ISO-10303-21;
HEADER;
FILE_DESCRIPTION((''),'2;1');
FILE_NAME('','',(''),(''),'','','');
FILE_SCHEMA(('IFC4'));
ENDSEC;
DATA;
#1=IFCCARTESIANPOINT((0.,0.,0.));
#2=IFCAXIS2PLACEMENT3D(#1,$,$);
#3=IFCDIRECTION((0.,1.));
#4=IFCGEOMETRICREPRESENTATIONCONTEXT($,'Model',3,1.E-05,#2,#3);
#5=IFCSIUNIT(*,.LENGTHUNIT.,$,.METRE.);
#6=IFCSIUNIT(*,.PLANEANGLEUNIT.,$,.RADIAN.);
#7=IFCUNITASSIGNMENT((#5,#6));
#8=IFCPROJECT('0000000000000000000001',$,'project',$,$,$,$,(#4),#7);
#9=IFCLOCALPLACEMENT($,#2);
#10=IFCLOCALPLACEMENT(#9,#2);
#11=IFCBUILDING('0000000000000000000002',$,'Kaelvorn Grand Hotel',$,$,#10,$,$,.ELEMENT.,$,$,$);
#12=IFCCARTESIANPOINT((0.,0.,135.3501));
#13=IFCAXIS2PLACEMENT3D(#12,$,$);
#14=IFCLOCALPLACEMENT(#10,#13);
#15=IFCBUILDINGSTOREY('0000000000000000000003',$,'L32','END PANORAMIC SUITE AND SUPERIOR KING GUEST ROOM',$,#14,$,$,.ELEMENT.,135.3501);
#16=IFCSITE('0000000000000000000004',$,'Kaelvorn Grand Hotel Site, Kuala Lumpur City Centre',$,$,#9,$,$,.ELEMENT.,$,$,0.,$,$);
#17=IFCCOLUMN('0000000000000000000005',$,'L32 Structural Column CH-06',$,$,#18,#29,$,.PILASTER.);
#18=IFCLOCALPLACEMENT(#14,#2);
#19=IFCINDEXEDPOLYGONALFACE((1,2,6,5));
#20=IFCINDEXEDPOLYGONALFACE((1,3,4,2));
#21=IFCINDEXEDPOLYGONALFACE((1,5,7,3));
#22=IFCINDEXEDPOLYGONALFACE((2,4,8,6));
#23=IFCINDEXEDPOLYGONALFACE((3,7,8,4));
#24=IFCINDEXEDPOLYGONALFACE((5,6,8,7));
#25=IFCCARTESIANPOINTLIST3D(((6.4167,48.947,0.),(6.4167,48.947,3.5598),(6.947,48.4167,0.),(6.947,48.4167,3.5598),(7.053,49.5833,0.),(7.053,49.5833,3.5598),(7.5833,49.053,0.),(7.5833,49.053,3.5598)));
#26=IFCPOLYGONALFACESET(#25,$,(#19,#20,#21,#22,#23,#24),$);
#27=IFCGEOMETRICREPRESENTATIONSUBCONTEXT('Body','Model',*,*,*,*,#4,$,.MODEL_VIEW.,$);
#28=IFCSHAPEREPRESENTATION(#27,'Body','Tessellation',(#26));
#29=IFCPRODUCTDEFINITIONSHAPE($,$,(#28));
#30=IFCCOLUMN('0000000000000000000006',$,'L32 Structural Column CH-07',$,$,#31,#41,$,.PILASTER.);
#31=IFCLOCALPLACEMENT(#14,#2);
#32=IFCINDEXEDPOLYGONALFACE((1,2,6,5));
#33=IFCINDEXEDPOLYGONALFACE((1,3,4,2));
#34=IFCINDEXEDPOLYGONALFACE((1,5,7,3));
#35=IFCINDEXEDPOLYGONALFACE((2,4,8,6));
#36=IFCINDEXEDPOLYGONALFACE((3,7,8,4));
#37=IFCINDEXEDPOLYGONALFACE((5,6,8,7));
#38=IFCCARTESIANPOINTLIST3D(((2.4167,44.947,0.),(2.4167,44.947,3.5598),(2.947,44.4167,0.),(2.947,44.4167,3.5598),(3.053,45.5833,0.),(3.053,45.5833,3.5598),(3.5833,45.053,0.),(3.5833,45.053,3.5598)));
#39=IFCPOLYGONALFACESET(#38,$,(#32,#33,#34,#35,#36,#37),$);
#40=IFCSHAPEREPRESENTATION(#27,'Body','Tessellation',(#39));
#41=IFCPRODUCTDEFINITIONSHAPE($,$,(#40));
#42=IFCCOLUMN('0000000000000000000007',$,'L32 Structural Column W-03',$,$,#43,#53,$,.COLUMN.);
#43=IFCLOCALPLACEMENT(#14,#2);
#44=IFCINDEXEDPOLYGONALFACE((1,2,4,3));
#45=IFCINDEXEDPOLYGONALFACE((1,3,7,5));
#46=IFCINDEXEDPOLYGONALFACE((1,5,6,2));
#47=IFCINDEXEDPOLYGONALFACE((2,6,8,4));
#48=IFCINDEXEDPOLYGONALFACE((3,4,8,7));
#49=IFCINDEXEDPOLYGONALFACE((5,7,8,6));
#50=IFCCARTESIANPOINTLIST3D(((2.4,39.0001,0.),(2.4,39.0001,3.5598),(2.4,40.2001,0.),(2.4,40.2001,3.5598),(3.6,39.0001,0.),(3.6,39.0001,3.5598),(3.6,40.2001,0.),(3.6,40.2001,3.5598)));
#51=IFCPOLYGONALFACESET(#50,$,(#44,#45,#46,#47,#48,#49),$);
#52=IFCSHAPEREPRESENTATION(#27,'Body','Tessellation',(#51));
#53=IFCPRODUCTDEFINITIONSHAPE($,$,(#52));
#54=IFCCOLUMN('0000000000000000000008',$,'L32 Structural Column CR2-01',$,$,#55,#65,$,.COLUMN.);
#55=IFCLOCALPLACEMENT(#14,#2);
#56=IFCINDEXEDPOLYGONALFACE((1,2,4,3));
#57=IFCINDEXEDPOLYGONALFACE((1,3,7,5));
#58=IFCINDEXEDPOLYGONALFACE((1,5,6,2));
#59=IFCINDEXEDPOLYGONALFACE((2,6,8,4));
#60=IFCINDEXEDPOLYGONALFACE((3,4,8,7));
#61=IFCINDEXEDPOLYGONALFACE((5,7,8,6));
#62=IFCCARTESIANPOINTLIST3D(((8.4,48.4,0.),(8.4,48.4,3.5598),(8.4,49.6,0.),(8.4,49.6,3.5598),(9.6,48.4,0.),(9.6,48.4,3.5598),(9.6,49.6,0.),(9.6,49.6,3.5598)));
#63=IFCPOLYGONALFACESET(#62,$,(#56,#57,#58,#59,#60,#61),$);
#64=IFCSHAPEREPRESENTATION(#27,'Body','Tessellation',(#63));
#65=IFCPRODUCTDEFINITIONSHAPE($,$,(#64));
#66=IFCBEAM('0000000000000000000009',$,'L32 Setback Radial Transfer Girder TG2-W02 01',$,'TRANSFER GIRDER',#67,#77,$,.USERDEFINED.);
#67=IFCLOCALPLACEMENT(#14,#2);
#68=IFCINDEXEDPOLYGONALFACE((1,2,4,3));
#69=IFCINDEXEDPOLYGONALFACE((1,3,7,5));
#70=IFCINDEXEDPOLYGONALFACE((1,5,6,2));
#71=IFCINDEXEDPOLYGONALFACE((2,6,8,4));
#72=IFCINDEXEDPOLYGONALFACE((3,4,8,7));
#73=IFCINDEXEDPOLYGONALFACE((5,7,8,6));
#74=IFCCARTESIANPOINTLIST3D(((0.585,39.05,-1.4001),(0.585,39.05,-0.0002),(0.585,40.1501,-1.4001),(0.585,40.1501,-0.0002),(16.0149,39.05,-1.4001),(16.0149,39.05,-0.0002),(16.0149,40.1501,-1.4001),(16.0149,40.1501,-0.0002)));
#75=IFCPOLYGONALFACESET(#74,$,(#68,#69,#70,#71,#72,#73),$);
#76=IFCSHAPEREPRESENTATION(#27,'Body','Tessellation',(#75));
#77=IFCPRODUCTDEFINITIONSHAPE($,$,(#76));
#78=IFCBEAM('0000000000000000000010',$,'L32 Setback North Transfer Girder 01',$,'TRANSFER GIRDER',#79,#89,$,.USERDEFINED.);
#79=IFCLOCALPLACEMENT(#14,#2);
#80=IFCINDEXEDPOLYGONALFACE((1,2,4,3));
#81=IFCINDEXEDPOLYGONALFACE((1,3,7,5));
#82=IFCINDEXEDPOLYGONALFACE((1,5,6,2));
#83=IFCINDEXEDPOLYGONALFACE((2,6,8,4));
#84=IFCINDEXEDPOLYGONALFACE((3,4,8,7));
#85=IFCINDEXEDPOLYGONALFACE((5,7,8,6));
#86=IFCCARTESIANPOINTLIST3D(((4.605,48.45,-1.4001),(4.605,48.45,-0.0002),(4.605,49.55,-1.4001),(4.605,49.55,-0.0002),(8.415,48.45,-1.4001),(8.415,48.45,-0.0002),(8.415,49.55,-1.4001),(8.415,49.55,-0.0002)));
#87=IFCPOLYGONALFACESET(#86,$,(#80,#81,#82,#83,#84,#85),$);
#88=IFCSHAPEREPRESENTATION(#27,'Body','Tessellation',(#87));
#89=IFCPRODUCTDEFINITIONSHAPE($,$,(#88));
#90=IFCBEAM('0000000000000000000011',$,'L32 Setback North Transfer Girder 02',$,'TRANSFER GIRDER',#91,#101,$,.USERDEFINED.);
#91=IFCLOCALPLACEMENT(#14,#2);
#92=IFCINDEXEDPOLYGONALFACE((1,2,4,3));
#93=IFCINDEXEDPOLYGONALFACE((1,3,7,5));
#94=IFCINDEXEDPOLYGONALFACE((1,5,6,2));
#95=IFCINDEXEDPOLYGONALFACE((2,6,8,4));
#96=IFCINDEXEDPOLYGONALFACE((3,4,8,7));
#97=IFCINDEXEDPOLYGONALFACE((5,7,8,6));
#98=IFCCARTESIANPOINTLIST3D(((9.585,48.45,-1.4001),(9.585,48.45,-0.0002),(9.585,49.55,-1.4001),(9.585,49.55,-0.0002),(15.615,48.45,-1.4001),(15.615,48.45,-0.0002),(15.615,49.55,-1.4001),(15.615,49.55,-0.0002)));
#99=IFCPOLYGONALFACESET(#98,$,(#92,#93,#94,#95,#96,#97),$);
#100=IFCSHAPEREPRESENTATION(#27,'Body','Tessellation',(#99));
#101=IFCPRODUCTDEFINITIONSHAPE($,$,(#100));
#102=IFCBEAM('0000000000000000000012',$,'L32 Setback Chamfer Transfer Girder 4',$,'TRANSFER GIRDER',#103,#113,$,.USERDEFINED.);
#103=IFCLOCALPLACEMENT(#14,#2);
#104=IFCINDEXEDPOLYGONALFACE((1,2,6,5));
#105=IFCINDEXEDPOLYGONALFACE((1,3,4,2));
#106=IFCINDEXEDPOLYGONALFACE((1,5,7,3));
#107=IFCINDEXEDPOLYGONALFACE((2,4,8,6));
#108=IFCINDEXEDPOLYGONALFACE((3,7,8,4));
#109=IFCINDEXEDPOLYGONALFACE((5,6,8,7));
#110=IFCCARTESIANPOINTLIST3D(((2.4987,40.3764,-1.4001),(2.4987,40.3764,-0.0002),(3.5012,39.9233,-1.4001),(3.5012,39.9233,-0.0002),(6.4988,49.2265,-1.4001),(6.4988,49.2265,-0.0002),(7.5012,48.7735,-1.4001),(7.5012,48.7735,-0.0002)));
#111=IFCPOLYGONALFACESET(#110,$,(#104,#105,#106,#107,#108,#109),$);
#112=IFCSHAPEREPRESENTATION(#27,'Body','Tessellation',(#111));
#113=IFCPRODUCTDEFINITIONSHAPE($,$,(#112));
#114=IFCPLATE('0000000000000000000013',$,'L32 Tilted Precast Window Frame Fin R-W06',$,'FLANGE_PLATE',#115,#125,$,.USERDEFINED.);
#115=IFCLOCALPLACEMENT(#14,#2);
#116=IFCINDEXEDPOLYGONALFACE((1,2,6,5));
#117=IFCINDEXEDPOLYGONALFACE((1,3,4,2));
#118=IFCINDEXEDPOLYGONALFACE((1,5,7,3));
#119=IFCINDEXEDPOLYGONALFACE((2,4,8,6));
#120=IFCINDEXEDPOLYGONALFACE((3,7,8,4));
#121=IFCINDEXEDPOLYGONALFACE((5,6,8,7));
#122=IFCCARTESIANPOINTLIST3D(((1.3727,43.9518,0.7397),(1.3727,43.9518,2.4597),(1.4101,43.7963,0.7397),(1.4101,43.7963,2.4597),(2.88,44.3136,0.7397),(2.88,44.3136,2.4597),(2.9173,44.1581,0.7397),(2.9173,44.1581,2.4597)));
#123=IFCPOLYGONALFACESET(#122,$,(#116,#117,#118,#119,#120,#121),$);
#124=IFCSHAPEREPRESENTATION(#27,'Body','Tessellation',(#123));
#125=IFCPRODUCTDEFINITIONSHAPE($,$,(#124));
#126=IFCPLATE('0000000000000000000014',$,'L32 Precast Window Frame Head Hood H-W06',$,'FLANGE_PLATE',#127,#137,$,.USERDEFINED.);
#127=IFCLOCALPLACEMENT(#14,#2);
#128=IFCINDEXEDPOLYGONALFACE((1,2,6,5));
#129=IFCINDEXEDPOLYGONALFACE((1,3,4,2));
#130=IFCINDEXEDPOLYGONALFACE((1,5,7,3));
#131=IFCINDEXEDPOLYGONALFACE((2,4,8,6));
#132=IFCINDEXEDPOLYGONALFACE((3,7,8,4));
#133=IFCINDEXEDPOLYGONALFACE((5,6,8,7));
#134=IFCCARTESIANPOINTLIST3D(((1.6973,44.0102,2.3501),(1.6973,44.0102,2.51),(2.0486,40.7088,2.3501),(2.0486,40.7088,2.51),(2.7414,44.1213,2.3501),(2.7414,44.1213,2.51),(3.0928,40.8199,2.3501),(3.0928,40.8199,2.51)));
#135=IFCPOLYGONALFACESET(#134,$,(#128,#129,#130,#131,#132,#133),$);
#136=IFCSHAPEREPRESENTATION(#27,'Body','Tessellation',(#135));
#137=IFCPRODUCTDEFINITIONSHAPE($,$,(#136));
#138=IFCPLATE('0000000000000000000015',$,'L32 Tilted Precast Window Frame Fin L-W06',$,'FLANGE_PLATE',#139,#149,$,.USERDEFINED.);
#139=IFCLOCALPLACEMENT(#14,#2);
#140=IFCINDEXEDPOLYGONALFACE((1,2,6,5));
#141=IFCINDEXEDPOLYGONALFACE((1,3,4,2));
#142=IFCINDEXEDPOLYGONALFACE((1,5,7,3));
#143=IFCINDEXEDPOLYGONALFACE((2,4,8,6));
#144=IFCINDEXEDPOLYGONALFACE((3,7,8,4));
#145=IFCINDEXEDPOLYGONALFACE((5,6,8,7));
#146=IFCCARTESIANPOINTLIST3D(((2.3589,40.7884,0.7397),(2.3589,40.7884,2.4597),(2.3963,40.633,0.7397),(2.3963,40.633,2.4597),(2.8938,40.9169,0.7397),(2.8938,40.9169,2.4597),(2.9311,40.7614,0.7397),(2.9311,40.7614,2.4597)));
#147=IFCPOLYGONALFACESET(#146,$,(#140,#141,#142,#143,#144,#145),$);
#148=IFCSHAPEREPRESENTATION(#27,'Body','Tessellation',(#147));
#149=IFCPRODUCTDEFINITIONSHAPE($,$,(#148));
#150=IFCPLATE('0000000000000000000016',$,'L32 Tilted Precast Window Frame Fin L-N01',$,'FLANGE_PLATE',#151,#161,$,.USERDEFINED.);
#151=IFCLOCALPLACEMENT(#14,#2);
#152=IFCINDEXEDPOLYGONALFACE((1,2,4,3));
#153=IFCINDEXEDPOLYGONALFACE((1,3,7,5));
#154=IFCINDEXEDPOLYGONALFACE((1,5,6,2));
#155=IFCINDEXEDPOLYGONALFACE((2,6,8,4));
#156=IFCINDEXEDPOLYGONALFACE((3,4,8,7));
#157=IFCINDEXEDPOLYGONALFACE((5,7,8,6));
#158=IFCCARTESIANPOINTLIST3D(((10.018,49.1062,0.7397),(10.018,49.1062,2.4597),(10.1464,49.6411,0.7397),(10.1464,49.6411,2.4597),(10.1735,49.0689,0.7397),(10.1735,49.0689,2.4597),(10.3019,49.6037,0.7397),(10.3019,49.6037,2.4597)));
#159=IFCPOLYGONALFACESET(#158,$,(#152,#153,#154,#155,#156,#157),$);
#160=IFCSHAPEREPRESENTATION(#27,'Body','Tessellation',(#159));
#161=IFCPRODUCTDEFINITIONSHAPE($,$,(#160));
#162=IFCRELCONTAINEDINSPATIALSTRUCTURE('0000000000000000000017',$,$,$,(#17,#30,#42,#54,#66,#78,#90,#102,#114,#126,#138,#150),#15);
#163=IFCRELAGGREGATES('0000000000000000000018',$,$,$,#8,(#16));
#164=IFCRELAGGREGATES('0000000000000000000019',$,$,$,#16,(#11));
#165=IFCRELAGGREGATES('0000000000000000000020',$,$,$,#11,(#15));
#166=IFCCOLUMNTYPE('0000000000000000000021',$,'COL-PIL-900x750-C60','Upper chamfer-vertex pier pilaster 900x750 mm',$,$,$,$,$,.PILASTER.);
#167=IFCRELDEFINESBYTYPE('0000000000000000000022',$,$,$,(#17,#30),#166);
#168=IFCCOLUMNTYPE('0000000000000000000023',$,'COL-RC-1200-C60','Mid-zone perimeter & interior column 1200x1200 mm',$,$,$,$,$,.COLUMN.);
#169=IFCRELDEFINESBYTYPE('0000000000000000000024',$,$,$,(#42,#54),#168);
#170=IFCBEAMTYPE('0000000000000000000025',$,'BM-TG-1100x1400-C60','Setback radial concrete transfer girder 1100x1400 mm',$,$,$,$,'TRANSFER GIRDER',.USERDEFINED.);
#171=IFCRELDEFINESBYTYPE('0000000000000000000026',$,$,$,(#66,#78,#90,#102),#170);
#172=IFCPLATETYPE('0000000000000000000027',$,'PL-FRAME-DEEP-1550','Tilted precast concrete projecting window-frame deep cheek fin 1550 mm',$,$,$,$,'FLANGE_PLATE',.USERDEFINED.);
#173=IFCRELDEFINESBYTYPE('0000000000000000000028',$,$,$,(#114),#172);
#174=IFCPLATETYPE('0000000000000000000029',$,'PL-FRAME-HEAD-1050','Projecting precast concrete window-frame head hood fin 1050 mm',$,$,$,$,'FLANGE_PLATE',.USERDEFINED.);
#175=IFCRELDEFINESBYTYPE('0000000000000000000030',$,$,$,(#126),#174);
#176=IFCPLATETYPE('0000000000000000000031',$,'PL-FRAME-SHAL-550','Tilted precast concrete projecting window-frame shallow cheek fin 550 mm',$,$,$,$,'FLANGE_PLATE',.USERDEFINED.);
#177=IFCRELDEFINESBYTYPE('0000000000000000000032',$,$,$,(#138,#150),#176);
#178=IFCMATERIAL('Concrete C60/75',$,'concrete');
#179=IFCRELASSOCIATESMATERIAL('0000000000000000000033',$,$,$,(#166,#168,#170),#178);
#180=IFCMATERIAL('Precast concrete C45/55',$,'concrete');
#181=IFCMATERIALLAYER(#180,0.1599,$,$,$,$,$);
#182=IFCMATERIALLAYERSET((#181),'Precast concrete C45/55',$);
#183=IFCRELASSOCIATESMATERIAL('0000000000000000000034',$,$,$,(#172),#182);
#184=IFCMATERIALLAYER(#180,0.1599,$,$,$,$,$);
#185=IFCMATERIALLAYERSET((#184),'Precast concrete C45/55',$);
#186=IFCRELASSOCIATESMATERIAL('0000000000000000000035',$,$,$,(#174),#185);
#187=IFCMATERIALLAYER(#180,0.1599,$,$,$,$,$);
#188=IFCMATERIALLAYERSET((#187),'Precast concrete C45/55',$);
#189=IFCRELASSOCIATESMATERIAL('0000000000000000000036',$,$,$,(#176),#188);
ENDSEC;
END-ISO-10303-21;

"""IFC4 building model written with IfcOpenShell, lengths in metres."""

from ifc_helpers import new_model, si_unit, direction, frame, origin, origin_2d, place, context, subcontext, project, spatial, rectangle, extrude, material, layer, layer_set, material_profile, profile_set, type_object, element, save


model = new_model("IFC4")

# Units and contexts
model_context = context("Model", 3, precision=1e-05, world=origin(), true_north=direction((0.0, 1.0)))
body_context = subcontext(model_context, "Body", "Model", "MODEL_VIEW")
ifc_project = project(units=[si_unit("LENGTHUNIT", "METRE"), si_unit("PLANEANGLEUNIT", "RADIAN")], contexts=[model_context])

# Site, building, storey
site_placement = place(None, origin())
site = spatial("IfcSite", under=ifc_project, at=site_placement, Name="Kaelvorn Grand Hotel Site, Kuala Lumpur City Centre", CompositionType="ELEMENT", RefElevation=0.0)
building_placement = place(site_placement, origin())
building = spatial("IfcBuilding", under=site, at=building_placement, Name="Kaelvorn Grand Hotel", CompositionType="ELEMENT")
storey_placement = place(building_placement, frame((0.0, 0.0, 135.3501)))
storey = spatial("IfcBuildingStorey", under=building, at=storey_placement, Name="L32", Description="END PANORAMIC SUITE AND SUPERIOR KING GUEST ROOM", CompositionType="ELEMENT", Elevation=135.3501)

# Columns
ifc_material_1 = material(Name="Concrete C60/75", Category="concrete")
ifc_material_profile_1 = material_profile(ifc_material_1, rectangle(XDim=0.8999, YDim=0.75, at=origin_2d()), Name="RC PILASTER 900x750")
ifc_profile_set_1 = profile_set([ifc_material_profile_1], Name="Concrete C60/75")
column_type_1 = type_object("IfcColumnType", Name="COL-PIL-900x750-C60", Description="Upper chamfer-vertex pier pilaster 900x750 mm", PredefinedType="PILASTER", material=ifc_profile_set_1)
for number, where, z_axis, x_axis, name in (
    (1, (7.0, 49.0, 0.0), (0.0, 0.0, 1.0), (0.707107, 0.707107, 0.0), "L32 Structural Column CH-06"),
    (2, (3.0, 45.0, 0.0), (0.0, 0.0, 1.0), (0.707107, 0.707107, 0.0), "L32 Structural Column CH-07"),
):
    element("IfcColumn", number, at=place(storey_placement, frame(where, z_axis=z_axis, x_axis=x_axis)), inside=storey, type_object=column_type_1, Name=name, PredefinedType="PILASTER", context=body_context, shape_type="SweptSolid", body=[
        extrude(rectangle(XDim=0.8999, YDim=0.75, at=origin_2d()), origin(), (0.0, 0.0, 1.0), 3.5598),
    ])
ifc_material_profile_2 = material_profile(ifc_material_1, rectangle(XDim=1.2, YDim=1.2, at=origin_2d()), Name="RC COL 1200x1200")
ifc_profile_set_2 = profile_set([ifc_material_profile_2], Name="Concrete C60/75")
column_type_2 = type_object("IfcColumnType", Name="COL-RC-1200-C60", Description="Mid-zone perimeter & interior column 1200x1200 mm", PredefinedType="COLUMN", material=ifc_profile_set_2)
for number, where, z_axis, x_axis, name in (
    (3, (3.0, 39.6001, 0.0), (0.0, 0.0, 1.0), (1.0, 0.0, 0.0), "L32 Structural Column W-03"),
    (4, (9.0, 49.0, 0.0), (0.0, 0.0, 1.0), (1.0, 0.0, 0.0), "L32 Structural Column CR2-01"),
):
    element("IfcColumn", number, at=place(storey_placement, frame(where, z_axis=z_axis, x_axis=x_axis)), inside=storey, type_object=column_type_2, Name=name, PredefinedType="COLUMN", context=body_context, shape_type="SweptSolid", body=[
        extrude(rectangle(XDim=1.2, YDim=1.2, at=origin_2d()), origin(), (0.0, 0.0, 1.0), 3.5598),
    ])

# Beams
ifc_material_profile_3 = material_profile(ifc_material_1, rectangle(XDim=1.1001, YDim=1.3999, at=origin_2d()), Name="RC TG 1100x1400")
ifc_profile_set_3 = profile_set([ifc_material_profile_3], Name="Concrete C60/75")
beam_type = type_object("IfcBeamType", Name="BM-TG-1100x1400-C60", Description="Setback radial concrete transfer girder 1100x1400 mm", ElementType="TRANSFER GIRDER", PredefinedType="USERDEFINED", material=ifc_profile_set_3)
beam_1_placement = place(storey_placement, frame((0.585, 39.6001, -0.7002), z_axis=(1.0, 0.0, 0.0), x_axis=(0.0, 1.0, 0.0)))
element("IfcBeam", 5, at=beam_1_placement, inside=storey, type_object=beam_type, Name="L32 Setback Radial Transfer Girder TG2-W02 01", ObjectType="TRANSFER GIRDER", PredefinedType="USERDEFINED", context=body_context, shape_type="SweptSolid", body=[
    extrude(rectangle(XDim=1.1001, YDim=1.3999, at=origin_2d()), origin(), (0.0, 0.0, 1.0), 15.4299),
])
beam_2_placement = place(storey_placement, frame((4.605, 49.0, -0.7002), z_axis=(1.0, 0.0, 0.0), x_axis=(0.0, 1.0, 0.0)))
element("IfcBeam", 6, at=beam_2_placement, inside=storey, type_object=beam_type, Name="L32 Setback North Transfer Girder 01", ObjectType="TRANSFER GIRDER", PredefinedType="USERDEFINED", context=body_context, shape_type="SweptSolid", body=[
    extrude(rectangle(XDim=1.1001, YDim=1.3999, at=origin_2d()), origin(), (0.0, 0.0, 1.0), 3.8101),
])
beam_3_placement = place(storey_placement, frame((9.585, 49.0, -0.7002), z_axis=(1.0, 0.0, 0.0), x_axis=(0.0, 1.0, 0.0)))
element("IfcBeam", 7, at=beam_3_placement, inside=storey, type_object=beam_type, Name="L32 Setback North Transfer Girder 02", ObjectType="TRANSFER GIRDER", PredefinedType="USERDEFINED", context=body_context, shape_type="SweptSolid", body=[
    extrude(rectangle(XDim=1.1001, YDim=1.3999, at=origin_2d()), origin(), (0.0, 0.0, 1.0), 6.03),
])
beam_4_placement = place(storey_placement, frame((7.0, 49.0, -0.7002), z_axis=(-0.411859, -0.911248, 0.0), x_axis=(0.911248, -0.411859, 0.0)))
element("IfcBeam", 8, at=beam_4_placement, inside=storey, type_object=beam_type, Name="L32 Setback Chamfer Transfer Girder 4", ObjectType="TRANSFER GIRDER", PredefinedType="USERDEFINED", context=body_context, shape_type="SweptSolid", body=[
    extrude(rectangle(XDim=1.1001, YDim=1.3999, at=origin_2d()), origin(), (0.0, 0.0, 1.0), 9.7122),
])

# Plates
ifc_material_2 = material(Name="Precast concrete C45/55", Category="concrete")
ifc_layer_1 = layer(ifc_material_2, 0.1599)
ifc_layer_set_1 = layer_set([ifc_layer_1], Name="Precast concrete C45/55")
plate_type_1 = type_object("IfcPlateType", Name="PL-FRAME-DEEP-1550", Description="Tilted precast concrete projecting window-frame deep cheek fin 1550 mm", ElementType="FLANGE_PLATE", PredefinedType="USERDEFINED", material=ifc_layer_set_1)
plate_1_placement = place(storey_placement, frame((2.145, 44.0549, 0.7397), z_axis=(0.0, 0.0, 1.0), x_axis=(-0.233445, 0.97237, 0.0)))
element("IfcPlate", 9, at=plate_1_placement, inside=storey, type_object=plate_type_1, Name="L32 Tilted Precast Window Frame Fin R-W06", ObjectType="FLANGE_PLATE", PredefinedType="USERDEFINED", context=body_context, shape_type="SweptSolid", body=[
    extrude(rectangle(XDim=0.1599, YDim=1.55, at=origin_2d()), origin(), (0.0, 0.0, 1.0), 1.72),
])
ifc_layer_2 = layer(ifc_material_2, 0.1599)
ifc_layer_set_2 = layer_set([ifc_layer_2], Name="Precast concrete C45/55")
plate_type_2 = type_object("IfcPlateType", Name="PL-FRAME-HEAD-1050", Description="Projecting precast concrete window-frame head hood fin 1050 mm", ElementType="FLANGE_PLATE", PredefinedType="USERDEFINED", material=ifc_layer_set_2)
plate_2_placement = place(storey_placement, frame((2.395, 42.415, 2.3501), z_axis=(0.0, 0.0, 1.0), x_axis=(-0.10583, 0.994384, 0.0)))
element("IfcPlate", 10, at=plate_2_placement, inside=storey, type_object=plate_type_2, Name="L32 Precast Window Frame Head Hood H-W06", ObjectType="FLANGE_PLATE", PredefinedType="USERDEFINED", context=body_context, shape_type="SweptSolid", body=[
    extrude(rectangle(XDim=3.3201, YDim=1.05, at=origin_2d()), origin(), (0.0, 0.0, 1.0), 0.1599),
])
ifc_layer_3 = layer(ifc_material_2, 0.1599)
ifc_layer_set_3 = layer_set([ifc_layer_3], Name="Precast concrete C45/55")
plate_type_3 = type_object("IfcPlateType", Name="PL-FRAME-SHAL-550", Description="Tilted precast concrete projecting window-frame shallow cheek fin 550 mm", ElementType="FLANGE_PLATE", PredefinedType="USERDEFINED", material=ifc_layer_set_3)
for number, where, z_axis, x_axis, name in (
    (11, (2.645, 40.7749, 0.7397), (0.0, 0.0, 1.0), (-0.233445, 0.97237, 0.0), "L32 Tilted Precast Window Frame Fin L-W06"),
    (12, (10.1599, 49.355, 0.7397), (0.0, 0.0, 1.0), (0.97237, -0.233445, 0.0), "L32 Tilted Precast Window Frame Fin L-N01"),
):
    element("IfcPlate", number, at=place(storey_placement, frame(where, z_axis=z_axis, x_axis=x_axis)), inside=storey, type_object=plate_type_3, Name=name, ObjectType="FLANGE_PLATE", PredefinedType="USERDEFINED", context=body_context, shape_type="SweptSolid", body=[
        extrude(rectangle(XDim=0.1599, YDim=0.55, at=origin_2d()), origin(), (0.0, 0.0, 1.0), 1.72),
    ])

save(model, "model.ifc")
